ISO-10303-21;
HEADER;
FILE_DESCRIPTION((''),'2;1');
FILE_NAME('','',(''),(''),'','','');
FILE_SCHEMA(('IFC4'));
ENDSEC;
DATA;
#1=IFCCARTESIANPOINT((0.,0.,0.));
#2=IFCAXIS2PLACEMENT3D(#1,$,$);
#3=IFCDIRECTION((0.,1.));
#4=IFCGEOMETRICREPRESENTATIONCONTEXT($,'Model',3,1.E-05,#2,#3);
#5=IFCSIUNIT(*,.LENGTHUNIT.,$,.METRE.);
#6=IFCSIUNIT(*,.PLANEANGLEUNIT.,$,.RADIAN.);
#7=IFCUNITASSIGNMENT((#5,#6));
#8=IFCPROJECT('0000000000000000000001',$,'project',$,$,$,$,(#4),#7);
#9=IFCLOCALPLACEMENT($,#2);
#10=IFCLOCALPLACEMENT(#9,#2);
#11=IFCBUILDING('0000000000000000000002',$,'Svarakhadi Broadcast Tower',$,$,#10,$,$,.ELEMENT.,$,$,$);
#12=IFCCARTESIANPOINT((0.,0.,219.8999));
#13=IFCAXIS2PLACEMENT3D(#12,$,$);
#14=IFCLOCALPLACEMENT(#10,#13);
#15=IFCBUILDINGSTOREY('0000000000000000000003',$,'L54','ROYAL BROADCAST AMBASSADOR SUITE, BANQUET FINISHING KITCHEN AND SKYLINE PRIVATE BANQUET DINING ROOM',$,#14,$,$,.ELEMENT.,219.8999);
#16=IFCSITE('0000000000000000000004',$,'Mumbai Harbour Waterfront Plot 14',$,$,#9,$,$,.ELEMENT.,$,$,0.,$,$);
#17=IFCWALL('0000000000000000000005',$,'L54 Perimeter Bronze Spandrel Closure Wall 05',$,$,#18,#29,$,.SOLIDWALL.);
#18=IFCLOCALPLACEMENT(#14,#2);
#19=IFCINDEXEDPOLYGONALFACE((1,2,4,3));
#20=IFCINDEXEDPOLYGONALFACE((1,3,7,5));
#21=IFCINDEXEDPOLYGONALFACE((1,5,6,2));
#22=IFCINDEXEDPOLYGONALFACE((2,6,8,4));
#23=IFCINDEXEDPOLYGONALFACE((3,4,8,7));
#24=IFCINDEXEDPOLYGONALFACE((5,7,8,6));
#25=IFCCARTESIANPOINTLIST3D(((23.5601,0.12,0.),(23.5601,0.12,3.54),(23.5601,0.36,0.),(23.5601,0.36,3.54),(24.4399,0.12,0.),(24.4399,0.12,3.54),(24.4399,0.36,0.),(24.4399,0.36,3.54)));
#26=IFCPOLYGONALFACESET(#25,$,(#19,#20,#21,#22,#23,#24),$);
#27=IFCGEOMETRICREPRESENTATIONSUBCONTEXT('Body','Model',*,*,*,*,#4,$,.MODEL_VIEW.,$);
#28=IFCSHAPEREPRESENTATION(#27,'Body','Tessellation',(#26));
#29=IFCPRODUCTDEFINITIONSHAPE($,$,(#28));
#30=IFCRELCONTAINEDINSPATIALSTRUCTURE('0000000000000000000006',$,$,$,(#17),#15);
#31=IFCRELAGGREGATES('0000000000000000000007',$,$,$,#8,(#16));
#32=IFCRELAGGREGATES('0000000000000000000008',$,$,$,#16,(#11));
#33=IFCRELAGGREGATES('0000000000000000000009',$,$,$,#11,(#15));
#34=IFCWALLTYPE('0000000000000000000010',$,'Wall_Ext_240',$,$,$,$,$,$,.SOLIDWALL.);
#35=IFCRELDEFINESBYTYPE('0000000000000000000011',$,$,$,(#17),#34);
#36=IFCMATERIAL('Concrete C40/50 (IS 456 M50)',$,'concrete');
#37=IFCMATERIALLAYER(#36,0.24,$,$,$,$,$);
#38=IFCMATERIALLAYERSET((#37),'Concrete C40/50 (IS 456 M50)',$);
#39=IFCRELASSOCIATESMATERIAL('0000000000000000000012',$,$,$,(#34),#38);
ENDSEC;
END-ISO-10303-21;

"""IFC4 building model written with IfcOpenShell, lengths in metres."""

from ifc_helpers import new_model, si_unit, direction, frame, frame_2d, origin, place, context, subcontext, project, spatial, rectangle, extrude, material, layer, layer_set, type_object, element, save


model = new_model("IFC4")

# Units and contexts
model_context = context("Model", 3, precision=1e-05, world=origin(), true_north=direction((0.0, 1.0)))
body_context = subcontext(model_context, "Body", "Model", "MODEL_VIEW")
ifc_project = project(units=[si_unit("LENGTHUNIT", "METRE"), si_unit("PLANEANGLEUNIT", "RADIAN")], contexts=[model_context])

# Site, building, storey
site_placement = place(None, origin())
site = spatial("IfcSite", under=ifc_project, at=site_placement, Name="Mumbai Harbour Waterfront Plot 14", CompositionType="ELEMENT", RefElevation=0.0)
building_placement = place(site_placement, origin())
building = spatial("IfcBuilding", under=site, at=building_placement, Name="Svarakhadi Broadcast Tower", CompositionType="ELEMENT")
storey_placement = place(building_placement, frame((0.0, 0.0, 219.8999)))
storey = spatial("IfcBuildingStorey", under=building, at=storey_placement, Name="L54", Description="ROYAL BROADCAST AMBASSADOR SUITE, BANQUET FINISHING KITCHEN AND SKYLINE PRIVATE BANQUET DINING ROOM", CompositionType="ELEMENT", Elevation=219.8999)

# Shared definitions
ifc_material_1 = material(Name="Concrete C40/50 (IS 456 M50)", Category="concrete")
ifc_layer_1 = layer(ifc_material_1, 0.24)
ifc_layer_set_1 = layer_set([ifc_layer_1], Name="Concrete C40/50 (IS 456 M50)")
wall_type = type_object("IfcWallType", Name="Wall_Ext_240", PredefinedType="SOLIDWALL", material=ifc_layer_set_1)

# Wall
wall_1_placement = place(storey_placement, frame((24.4399, 0.24, 0.0), z_axis=(0.0, 0.0, 1.0), x_axis=(-1.0, 0.0, 0.0)))
element("IfcWall", 1, at=wall_1_placement, inside=storey, type_object=wall_type, Name="L54 Perimeter Bronze Spandrel Closure Wall 05", PredefinedType="SOLIDWALL", context=body_context, shape_type="SweptSolid", body=[
    extrude(rectangle(XDim=0.8799, YDim=0.24, at=frame_2d((0.4399, 0.0))), origin(), (0.0, 0.0, 1.0), 3.54),
])

save(model, "model.ifc")
